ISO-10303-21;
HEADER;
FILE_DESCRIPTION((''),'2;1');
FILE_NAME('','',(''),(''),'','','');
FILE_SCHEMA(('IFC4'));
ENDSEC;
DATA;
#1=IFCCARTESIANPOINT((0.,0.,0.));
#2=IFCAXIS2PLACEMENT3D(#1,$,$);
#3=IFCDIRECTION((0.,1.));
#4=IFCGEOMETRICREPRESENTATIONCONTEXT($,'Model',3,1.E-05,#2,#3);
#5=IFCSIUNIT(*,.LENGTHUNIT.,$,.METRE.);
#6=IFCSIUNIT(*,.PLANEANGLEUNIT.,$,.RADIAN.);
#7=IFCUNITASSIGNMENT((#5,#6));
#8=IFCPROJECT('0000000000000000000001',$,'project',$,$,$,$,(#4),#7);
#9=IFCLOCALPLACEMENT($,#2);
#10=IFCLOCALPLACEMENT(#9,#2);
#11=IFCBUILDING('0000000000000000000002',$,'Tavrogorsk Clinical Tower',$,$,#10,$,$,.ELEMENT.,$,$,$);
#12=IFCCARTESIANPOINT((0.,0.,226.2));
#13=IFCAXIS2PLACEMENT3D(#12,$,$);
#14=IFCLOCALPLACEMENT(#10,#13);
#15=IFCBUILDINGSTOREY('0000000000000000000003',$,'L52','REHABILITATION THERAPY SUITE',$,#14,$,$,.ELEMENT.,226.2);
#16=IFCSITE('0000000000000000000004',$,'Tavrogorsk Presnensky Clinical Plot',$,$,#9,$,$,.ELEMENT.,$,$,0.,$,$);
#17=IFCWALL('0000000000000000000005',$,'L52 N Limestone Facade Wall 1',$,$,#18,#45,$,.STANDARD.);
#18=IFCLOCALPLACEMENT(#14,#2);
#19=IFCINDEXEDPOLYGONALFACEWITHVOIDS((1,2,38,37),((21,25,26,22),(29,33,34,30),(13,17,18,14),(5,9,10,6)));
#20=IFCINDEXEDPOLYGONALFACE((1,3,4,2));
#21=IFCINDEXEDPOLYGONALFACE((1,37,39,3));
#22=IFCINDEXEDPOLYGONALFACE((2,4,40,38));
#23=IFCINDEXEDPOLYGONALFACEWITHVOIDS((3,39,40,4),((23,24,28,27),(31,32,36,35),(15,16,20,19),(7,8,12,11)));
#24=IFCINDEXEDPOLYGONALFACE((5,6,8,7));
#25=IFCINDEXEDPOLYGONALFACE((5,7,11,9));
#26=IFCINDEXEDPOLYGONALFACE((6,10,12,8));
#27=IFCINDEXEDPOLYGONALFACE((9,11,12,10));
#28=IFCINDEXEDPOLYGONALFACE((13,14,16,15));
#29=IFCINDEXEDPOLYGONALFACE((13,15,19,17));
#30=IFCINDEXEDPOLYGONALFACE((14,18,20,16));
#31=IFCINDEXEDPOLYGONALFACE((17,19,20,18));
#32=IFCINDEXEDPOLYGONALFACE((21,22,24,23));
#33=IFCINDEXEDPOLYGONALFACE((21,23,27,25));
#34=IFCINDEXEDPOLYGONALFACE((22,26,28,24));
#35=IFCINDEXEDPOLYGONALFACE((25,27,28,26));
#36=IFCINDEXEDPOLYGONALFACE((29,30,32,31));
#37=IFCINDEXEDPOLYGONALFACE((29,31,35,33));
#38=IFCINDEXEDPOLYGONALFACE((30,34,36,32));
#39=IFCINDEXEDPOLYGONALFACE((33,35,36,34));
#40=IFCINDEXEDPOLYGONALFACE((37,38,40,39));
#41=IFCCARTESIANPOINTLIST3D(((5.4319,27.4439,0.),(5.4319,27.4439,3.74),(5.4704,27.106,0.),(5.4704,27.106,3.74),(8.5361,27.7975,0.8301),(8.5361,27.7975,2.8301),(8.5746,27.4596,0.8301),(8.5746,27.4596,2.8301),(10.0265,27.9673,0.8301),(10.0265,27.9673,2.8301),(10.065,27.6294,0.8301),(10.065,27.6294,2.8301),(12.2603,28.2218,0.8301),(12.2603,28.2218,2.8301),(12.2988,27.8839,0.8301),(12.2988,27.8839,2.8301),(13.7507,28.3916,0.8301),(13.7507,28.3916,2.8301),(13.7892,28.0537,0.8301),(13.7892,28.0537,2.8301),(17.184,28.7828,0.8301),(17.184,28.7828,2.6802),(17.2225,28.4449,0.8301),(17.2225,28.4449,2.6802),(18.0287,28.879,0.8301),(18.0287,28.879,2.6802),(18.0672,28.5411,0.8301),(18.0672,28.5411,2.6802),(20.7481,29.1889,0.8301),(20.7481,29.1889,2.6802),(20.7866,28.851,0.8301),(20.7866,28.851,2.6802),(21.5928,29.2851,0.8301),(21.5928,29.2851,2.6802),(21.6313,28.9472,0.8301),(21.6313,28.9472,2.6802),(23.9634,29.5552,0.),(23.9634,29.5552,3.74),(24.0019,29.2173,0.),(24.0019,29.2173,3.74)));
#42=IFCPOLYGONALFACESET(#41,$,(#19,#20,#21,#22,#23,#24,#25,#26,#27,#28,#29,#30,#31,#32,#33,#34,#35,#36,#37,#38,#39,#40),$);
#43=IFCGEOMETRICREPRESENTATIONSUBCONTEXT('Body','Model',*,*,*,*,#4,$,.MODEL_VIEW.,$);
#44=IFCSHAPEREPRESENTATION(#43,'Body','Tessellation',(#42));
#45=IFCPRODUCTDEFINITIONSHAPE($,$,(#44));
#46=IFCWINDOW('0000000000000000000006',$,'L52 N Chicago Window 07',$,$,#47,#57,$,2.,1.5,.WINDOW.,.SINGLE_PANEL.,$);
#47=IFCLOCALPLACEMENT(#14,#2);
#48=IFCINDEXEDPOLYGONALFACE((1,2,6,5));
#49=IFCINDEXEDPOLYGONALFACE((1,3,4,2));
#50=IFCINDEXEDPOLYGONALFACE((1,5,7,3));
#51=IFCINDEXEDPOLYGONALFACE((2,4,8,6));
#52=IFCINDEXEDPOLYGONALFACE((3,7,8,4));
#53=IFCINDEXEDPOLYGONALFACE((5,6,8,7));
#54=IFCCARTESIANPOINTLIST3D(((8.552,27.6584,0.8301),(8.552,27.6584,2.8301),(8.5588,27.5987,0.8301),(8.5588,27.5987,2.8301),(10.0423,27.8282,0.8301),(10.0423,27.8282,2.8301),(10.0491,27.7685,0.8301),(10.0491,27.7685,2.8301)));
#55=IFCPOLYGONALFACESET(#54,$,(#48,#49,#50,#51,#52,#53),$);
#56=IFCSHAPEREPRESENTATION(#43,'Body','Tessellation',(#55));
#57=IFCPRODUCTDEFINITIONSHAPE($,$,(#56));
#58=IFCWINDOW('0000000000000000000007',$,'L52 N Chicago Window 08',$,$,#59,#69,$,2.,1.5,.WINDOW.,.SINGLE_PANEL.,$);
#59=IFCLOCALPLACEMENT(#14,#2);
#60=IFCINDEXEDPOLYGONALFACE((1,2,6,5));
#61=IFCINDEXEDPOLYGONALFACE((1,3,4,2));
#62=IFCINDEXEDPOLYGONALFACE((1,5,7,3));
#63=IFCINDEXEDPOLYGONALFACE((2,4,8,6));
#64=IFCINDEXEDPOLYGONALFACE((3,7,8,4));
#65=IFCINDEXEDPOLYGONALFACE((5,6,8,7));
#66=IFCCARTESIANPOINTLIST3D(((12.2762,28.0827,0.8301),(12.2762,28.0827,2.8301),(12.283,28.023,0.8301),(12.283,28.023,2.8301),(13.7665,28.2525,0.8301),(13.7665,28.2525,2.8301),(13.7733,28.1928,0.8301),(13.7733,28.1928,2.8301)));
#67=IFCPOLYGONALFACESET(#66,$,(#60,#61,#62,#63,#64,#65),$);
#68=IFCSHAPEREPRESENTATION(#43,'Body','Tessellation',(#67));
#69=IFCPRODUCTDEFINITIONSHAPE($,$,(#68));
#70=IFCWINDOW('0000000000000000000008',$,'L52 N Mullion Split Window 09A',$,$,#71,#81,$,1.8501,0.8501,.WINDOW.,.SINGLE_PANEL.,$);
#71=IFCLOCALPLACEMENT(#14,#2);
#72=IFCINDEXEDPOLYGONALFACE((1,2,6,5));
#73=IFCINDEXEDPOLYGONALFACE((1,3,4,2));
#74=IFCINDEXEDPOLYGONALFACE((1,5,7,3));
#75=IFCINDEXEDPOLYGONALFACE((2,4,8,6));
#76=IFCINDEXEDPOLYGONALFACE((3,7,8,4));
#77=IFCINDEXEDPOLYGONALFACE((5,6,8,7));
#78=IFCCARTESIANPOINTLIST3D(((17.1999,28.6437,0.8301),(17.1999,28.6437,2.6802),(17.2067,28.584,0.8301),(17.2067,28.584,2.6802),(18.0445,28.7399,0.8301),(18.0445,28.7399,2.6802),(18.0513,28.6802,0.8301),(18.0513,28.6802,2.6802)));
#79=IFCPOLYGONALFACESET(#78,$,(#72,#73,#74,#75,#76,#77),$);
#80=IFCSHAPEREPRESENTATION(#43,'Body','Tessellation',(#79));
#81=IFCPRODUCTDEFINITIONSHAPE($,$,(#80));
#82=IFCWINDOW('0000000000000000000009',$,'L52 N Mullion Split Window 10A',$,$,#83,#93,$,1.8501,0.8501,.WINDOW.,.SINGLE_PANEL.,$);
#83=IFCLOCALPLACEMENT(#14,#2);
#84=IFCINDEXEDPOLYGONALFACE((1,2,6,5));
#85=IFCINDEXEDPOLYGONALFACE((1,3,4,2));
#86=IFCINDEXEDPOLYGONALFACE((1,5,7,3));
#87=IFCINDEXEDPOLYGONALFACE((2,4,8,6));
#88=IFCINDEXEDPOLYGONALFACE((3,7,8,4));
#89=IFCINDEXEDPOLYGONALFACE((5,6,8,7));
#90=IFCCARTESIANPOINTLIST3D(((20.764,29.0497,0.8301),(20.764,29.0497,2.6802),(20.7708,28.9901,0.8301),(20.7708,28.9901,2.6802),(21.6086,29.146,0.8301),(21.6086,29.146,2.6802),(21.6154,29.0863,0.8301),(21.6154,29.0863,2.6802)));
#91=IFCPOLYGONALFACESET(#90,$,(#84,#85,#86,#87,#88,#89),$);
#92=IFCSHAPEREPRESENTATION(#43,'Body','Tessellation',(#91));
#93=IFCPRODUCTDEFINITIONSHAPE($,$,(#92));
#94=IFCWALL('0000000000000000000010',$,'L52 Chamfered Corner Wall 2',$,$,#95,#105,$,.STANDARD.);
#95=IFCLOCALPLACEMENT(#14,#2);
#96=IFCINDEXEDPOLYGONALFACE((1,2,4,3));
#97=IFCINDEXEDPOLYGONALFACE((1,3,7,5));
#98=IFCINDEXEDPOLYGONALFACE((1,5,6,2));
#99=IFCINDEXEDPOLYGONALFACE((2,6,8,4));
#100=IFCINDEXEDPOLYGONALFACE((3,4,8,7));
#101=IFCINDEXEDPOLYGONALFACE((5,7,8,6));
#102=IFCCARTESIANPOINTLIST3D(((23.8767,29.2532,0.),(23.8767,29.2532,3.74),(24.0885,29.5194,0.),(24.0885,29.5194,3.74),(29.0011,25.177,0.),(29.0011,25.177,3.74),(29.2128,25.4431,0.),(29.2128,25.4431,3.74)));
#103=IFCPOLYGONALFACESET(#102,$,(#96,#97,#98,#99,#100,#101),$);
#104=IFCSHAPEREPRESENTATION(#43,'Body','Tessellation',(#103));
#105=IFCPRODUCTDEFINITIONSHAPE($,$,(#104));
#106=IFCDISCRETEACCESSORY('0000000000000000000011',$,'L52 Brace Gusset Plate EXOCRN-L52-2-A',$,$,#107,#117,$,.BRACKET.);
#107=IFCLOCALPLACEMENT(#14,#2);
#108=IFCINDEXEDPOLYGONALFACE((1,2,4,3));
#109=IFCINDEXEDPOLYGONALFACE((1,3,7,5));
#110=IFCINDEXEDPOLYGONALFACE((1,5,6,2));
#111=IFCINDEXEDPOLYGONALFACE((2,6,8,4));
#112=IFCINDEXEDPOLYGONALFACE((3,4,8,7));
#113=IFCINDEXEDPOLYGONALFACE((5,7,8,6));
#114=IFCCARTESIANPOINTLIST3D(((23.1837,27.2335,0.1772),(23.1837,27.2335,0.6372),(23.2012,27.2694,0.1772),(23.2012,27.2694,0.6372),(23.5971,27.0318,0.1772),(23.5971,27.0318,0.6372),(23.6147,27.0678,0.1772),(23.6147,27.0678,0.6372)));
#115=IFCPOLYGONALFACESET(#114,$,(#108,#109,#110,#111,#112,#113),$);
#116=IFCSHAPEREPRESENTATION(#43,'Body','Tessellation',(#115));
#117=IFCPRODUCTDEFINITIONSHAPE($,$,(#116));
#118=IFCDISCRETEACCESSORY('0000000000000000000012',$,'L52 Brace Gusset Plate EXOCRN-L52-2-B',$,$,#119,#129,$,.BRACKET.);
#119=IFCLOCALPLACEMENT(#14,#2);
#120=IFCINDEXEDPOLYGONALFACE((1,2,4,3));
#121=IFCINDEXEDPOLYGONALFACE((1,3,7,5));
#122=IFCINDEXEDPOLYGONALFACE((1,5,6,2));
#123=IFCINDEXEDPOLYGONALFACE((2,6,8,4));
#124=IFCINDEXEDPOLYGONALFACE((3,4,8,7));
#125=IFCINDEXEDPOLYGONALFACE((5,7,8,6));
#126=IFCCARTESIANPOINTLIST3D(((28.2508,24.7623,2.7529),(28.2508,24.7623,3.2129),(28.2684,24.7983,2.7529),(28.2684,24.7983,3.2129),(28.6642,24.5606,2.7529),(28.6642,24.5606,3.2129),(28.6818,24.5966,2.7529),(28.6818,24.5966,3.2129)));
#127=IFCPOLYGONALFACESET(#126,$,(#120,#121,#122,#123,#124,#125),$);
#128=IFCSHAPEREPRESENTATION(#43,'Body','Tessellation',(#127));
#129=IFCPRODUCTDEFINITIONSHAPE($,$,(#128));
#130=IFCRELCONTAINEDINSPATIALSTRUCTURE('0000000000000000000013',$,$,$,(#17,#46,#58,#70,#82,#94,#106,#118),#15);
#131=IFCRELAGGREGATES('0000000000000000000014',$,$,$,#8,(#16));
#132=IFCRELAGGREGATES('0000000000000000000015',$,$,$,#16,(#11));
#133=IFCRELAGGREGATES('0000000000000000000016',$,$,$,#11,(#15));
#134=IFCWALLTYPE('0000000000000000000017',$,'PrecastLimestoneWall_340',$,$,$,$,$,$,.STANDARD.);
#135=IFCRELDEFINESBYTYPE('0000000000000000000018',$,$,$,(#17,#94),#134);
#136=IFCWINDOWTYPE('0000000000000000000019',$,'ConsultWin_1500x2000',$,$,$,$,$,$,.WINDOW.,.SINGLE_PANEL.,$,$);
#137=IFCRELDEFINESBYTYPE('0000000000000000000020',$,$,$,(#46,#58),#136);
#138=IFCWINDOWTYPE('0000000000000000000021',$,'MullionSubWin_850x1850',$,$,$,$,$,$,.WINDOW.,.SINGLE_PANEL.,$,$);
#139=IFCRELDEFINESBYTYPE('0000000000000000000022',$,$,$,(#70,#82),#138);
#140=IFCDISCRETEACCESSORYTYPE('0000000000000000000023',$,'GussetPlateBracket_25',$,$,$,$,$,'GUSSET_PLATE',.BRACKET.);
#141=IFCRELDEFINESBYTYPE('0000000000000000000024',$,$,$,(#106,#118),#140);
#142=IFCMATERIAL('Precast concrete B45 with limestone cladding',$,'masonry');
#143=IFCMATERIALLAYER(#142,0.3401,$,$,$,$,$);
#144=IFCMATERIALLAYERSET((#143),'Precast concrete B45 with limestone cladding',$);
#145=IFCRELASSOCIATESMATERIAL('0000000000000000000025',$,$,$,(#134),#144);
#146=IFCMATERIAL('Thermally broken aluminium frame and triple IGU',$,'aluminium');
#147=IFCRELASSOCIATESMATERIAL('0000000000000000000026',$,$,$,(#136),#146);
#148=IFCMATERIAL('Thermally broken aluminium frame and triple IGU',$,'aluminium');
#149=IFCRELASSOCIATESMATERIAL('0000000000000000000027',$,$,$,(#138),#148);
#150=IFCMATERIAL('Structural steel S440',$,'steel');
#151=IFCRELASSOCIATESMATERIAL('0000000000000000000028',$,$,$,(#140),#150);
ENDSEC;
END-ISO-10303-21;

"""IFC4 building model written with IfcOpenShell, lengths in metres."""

from ifc_helpers import new_model, si_unit, direction, frame, frame_2d, origin, origin_2d, place, context, subcontext, project, spatial, rectangle, extrude, material, layer, layer_set, type_object, element, fill, save


model = new_model("IFC4")

# Units and contexts
model_context = context("Model", 3, precision=1e-05, world=origin(), true_north=direction((0.0, 1.0)))
body_context = subcontext(model_context, "Body", "Model", "MODEL_VIEW")
ifc_project = project(units=[si_unit("LENGTHUNIT", "METRE"), si_unit("PLANEANGLEUNIT", "RADIAN")], contexts=[model_context])

# Site, building, storey
site_placement = place(None, origin())
site = spatial("IfcSite", under=ifc_project, at=site_placement, Name="Tavrogorsk Presnensky Clinical Plot", CompositionType="ELEMENT", RefElevation=0.0)
building_placement = place(site_placement, origin())
building = spatial("IfcBuilding", under=site, at=building_placement, Name="Tavrogorsk Clinical Tower", CompositionType="ELEMENT")
storey_placement = place(building_placement, frame((0.0, 0.0, 226.2)))
storey = spatial("IfcBuildingStorey", under=building, at=storey_placement, Name="L52", Description="REHABILITATION THERAPY SUITE", CompositionType="ELEMENT", Elevation=226.2)

# Wall, openings, windows
ifc_material_1 = material(Name="Precast concrete B45 with limestone cladding", Category="masonry")
ifc_layer_1 = layer(ifc_material_1, 0.3401)
ifc_layer_set_1 = layer_set([ifc_layer_1], Name="Precast concrete B45 with limestone cladding")
wall_type_1 = type_object("IfcWallType", Name="PrecastLimestoneWall_340", PredefinedType="STANDARD", material=ifc_layer_set_1)
wall_1_placement = place(storey_placement, frame((23.9827, 29.3862, 0.0), z_axis=(0.0, 0.0, 1.0), x_axis=(-0.993572, -0.1132, 0.0)))
wall_1 = element("IfcWall", 1, at=wall_1_placement, inside=storey, type_object=wall_type_1, Name="L52 N Limestone Facade Wall 1", PredefinedType="STANDARD", context=body_context, shape_type="SweptSolid", body=[
    extrude(rectangle(XDim=18.6514, YDim=0.3401, at=frame_2d((9.3257, 0.0))), origin(), (0.0, 0.0, 1.0), 3.74),
])
opening_1_placement = place(wall_1_placement, frame((14.0271, 0.0, 0.8301)))
opening_1 = element("IfcOpeningElement", 2, at=opening_1_placement, cuts=wall_1, PredefinedType="OPENING", context=body_context, shape_type="SweptSolid", body=[
    extrude(rectangle(XDim=1.5, YDim=2.0, at=frame_2d((0.75, 1.0))), frame((0.0, 0.1799, 0.0), z_axis=(0.0, -1.0, 0.0), x_axis=(1.0, 0.0, 0.0)), (0.0, 0.0, 1.0), 0.3601),
])
opening_2_placement = place(wall_1_placement, frame((10.2788, 0.0, 0.8301)))
opening_2 = element("IfcOpeningElement", 3, at=opening_2_placement, cuts=wall_1, PredefinedType="OPENING", context=body_context, shape_type="SweptSolid", body=[
    extrude(rectangle(XDim=1.5, YDim=2.0, at=frame_2d((0.75, 1.0))), frame((0.0, 0.1799, 0.0), z_axis=(0.0, -1.0, 0.0), x_axis=(1.0, 0.0, 0.0)), (0.0, 0.0, 1.0), 0.3601),
])
opening_3_placement = place(wall_1_placement, frame((5.9731, 0.0, 0.8301)))
opening_3 = element("IfcOpeningElement", 4, at=opening_3_placement, cuts=wall_1, PredefinedType="OPENING", context=body_context, shape_type="SweptSolid", body=[
    extrude(rectangle(XDim=0.8501, YDim=1.8501, at=frame_2d((0.425, 0.925))), frame((0.0, 0.1799, 0.0), z_axis=(0.0, -1.0, 0.0), x_axis=(1.0, 0.0, 0.0)), (0.0, 0.0, 1.0), 0.3601),
])
opening_4_placement = place(wall_1_placement, frame((2.386, 0.0, 0.8301)))
opening_4 = element("IfcOpeningElement", 5, at=opening_4_placement, cuts=wall_1, PredefinedType="OPENING", context=body_context, shape_type="SweptSolid", body=[
    extrude(rectangle(XDim=0.8501, YDim=1.8501, at=frame_2d((0.425, 0.925))), frame((0.0, 0.1799, 0.0), z_axis=(0.0, -1.0, 0.0), x_axis=(1.0, 0.0, 0.0)), (0.0, 0.0, 1.0), 0.3601),
])
ifc_material_2 = material(Name="Thermally broken aluminium frame and triple IGU", Category="aluminium")
window_type_1 = type_object("IfcWindowType", Name="ConsultWin_1500x2000", PartitioningType="SINGLE_PANEL", PredefinedType="WINDOW", material=ifc_material_2)
window_1_placement = place(opening_1_placement, origin())
window_1 = element("IfcWindow", 6, at=window_1_placement, inside=storey, type_object=window_type_1, Name="L52 N Chicago Window 07", OverallHeight=2.0, OverallWidth=1.5, PartitioningType="SINGLE_PANEL", PredefinedType="WINDOW", context=body_context, shape_type="SweptSolid", body=[
    extrude(rectangle(XDim=1.5, YDim=2.0, at=frame_2d((0.75, 1.0))), frame((0.0, 0.03, 0.0), z_axis=(0.0, -1.0, 0.0), x_axis=(1.0, 0.0, 0.0)), (0.0, 0.0, 1.0), 0.0601),
])
fill(opening_1, window_1)
window_2_placement = place(opening_2_placement, origin())
window_2 = element("IfcWindow", 7, at=window_2_placement, inside=storey, type_object=window_type_1, Name="L52 N Chicago Window 08", OverallHeight=2.0, OverallWidth=1.5, PartitioningType="SINGLE_PANEL", PredefinedType="WINDOW", context=body_context, shape_type="SweptSolid", body=[
    extrude(rectangle(XDim=1.5, YDim=2.0, at=frame_2d((0.75, 1.0))), frame((0.0, 0.03, 0.0), z_axis=(0.0, -1.0, 0.0), x_axis=(1.0, 0.0, 0.0)), (0.0, 0.0, 1.0), 0.0601),
])
fill(opening_2, window_2)
ifc_material_3 = material(Name="Thermally broken aluminium frame and triple IGU", Category="aluminium")
window_type_2 = type_object("IfcWindowType", Name="MullionSubWin_850x1850", PartitioningType="SINGLE_PANEL", PredefinedType="WINDOW", material=ifc_material_3)
window_3_placement = place(opening_3_placement, origin())
window_3 = element("IfcWindow", 8, at=window_3_placement, inside=storey, type_object=window_type_2, Name="L52 N Mullion Split Window 09A", OverallHeight=1.8501, OverallWidth=0.8501, PartitioningType="SINGLE_PANEL", PredefinedType="WINDOW", context=body_context, shape_type="SweptSolid", body=[
    extrude(rectangle(XDim=0.8501, YDim=1.8501, at=frame_2d((0.425, 0.925))), frame((0.0, 0.03, 0.0), z_axis=(0.0, -1.0, 0.0), x_axis=(1.0, 0.0, 0.0)), (0.0, 0.0, 1.0), 0.0601),
])
fill(opening_3, window_3)
window_4_placement = place(opening_4_placement, origin())
window_4 = element("IfcWindow", 9, at=window_4_placement, inside=storey, type_object=window_type_2, Name="L52 N Mullion Split Window 10A", OverallHeight=1.8501, OverallWidth=0.8501, PartitioningType="SINGLE_PANEL", PredefinedType="WINDOW", context=body_context, shape_type="SweptSolid", body=[
    extrude(rectangle(XDim=0.8501, YDim=1.8501, at=frame_2d((0.425, 0.925))), frame((0.0, 0.03, 0.0), z_axis=(0.0, -1.0, 0.0), x_axis=(1.0, 0.0, 0.0)), (0.0, 0.0, 1.0), 0.0601),
])
fill(opening_4, window_4)

# Wall
wall_2_placement = place(storey_placement, frame((29.1069, 25.3101, 0.0), z_axis=(0.0, 0.0, 1.0), x_axis=(-0.782597, 0.622528, 0.0)))
element("IfcWall", 10, at=wall_2_placement, inside=storey, type_object=wall_type_1, Name="L52 Chamfered Corner Wall 2", PredefinedType="STANDARD", context=body_context, shape_type="SweptSolid", body=[
    extrude(rectangle(XDim=6.5479, YDim=0.3401, at=frame_2d((3.2739, 0.0))), origin(), (0.0, 0.0, 1.0), 3.74),
])

# Discrete accessories
ifc_material_4 = material(Name="Structural steel S440", Category="steel")
discrete_accessory_type = type_object("IfcDiscreteAccessoryType", Name="GussetPlateBracket_25", ElementType="GUSSET_PLATE", PredefinedType="BRACKET", material=ifc_material_4)
for number, where, z_axis, x_axis, name in (
    (11, (23.3992, 27.1506, 0.1772), (0.0, 0.0, 1.0), (0.898794, -0.438371, 0.0), "L52 Brace Gusset Plate EXOCRN-L52-2-A"),
    (12, (28.4663, 24.6794, 2.7529), (0.0, 0.0, 1.0), (0.898794, -0.438371, 0.0), "L52 Brace Gusset Plate EXOCRN-L52-2-B"),
):
    element("IfcDiscreteAccessory", number, at=place(storey_placement, frame(where, z_axis=z_axis, x_axis=x_axis)), inside=storey, type_object=discrete_accessory_type, Name=name, PredefinedType="BRACKET", context=body_context, shape_type="SweptSolid", body=[
        extrude(rectangle(XDim=0.46, YDim=0.04, at=origin_2d()), origin(), (0.0, 0.0, 1.0), 0.46),
    ])

save(model, "model.ifc")
